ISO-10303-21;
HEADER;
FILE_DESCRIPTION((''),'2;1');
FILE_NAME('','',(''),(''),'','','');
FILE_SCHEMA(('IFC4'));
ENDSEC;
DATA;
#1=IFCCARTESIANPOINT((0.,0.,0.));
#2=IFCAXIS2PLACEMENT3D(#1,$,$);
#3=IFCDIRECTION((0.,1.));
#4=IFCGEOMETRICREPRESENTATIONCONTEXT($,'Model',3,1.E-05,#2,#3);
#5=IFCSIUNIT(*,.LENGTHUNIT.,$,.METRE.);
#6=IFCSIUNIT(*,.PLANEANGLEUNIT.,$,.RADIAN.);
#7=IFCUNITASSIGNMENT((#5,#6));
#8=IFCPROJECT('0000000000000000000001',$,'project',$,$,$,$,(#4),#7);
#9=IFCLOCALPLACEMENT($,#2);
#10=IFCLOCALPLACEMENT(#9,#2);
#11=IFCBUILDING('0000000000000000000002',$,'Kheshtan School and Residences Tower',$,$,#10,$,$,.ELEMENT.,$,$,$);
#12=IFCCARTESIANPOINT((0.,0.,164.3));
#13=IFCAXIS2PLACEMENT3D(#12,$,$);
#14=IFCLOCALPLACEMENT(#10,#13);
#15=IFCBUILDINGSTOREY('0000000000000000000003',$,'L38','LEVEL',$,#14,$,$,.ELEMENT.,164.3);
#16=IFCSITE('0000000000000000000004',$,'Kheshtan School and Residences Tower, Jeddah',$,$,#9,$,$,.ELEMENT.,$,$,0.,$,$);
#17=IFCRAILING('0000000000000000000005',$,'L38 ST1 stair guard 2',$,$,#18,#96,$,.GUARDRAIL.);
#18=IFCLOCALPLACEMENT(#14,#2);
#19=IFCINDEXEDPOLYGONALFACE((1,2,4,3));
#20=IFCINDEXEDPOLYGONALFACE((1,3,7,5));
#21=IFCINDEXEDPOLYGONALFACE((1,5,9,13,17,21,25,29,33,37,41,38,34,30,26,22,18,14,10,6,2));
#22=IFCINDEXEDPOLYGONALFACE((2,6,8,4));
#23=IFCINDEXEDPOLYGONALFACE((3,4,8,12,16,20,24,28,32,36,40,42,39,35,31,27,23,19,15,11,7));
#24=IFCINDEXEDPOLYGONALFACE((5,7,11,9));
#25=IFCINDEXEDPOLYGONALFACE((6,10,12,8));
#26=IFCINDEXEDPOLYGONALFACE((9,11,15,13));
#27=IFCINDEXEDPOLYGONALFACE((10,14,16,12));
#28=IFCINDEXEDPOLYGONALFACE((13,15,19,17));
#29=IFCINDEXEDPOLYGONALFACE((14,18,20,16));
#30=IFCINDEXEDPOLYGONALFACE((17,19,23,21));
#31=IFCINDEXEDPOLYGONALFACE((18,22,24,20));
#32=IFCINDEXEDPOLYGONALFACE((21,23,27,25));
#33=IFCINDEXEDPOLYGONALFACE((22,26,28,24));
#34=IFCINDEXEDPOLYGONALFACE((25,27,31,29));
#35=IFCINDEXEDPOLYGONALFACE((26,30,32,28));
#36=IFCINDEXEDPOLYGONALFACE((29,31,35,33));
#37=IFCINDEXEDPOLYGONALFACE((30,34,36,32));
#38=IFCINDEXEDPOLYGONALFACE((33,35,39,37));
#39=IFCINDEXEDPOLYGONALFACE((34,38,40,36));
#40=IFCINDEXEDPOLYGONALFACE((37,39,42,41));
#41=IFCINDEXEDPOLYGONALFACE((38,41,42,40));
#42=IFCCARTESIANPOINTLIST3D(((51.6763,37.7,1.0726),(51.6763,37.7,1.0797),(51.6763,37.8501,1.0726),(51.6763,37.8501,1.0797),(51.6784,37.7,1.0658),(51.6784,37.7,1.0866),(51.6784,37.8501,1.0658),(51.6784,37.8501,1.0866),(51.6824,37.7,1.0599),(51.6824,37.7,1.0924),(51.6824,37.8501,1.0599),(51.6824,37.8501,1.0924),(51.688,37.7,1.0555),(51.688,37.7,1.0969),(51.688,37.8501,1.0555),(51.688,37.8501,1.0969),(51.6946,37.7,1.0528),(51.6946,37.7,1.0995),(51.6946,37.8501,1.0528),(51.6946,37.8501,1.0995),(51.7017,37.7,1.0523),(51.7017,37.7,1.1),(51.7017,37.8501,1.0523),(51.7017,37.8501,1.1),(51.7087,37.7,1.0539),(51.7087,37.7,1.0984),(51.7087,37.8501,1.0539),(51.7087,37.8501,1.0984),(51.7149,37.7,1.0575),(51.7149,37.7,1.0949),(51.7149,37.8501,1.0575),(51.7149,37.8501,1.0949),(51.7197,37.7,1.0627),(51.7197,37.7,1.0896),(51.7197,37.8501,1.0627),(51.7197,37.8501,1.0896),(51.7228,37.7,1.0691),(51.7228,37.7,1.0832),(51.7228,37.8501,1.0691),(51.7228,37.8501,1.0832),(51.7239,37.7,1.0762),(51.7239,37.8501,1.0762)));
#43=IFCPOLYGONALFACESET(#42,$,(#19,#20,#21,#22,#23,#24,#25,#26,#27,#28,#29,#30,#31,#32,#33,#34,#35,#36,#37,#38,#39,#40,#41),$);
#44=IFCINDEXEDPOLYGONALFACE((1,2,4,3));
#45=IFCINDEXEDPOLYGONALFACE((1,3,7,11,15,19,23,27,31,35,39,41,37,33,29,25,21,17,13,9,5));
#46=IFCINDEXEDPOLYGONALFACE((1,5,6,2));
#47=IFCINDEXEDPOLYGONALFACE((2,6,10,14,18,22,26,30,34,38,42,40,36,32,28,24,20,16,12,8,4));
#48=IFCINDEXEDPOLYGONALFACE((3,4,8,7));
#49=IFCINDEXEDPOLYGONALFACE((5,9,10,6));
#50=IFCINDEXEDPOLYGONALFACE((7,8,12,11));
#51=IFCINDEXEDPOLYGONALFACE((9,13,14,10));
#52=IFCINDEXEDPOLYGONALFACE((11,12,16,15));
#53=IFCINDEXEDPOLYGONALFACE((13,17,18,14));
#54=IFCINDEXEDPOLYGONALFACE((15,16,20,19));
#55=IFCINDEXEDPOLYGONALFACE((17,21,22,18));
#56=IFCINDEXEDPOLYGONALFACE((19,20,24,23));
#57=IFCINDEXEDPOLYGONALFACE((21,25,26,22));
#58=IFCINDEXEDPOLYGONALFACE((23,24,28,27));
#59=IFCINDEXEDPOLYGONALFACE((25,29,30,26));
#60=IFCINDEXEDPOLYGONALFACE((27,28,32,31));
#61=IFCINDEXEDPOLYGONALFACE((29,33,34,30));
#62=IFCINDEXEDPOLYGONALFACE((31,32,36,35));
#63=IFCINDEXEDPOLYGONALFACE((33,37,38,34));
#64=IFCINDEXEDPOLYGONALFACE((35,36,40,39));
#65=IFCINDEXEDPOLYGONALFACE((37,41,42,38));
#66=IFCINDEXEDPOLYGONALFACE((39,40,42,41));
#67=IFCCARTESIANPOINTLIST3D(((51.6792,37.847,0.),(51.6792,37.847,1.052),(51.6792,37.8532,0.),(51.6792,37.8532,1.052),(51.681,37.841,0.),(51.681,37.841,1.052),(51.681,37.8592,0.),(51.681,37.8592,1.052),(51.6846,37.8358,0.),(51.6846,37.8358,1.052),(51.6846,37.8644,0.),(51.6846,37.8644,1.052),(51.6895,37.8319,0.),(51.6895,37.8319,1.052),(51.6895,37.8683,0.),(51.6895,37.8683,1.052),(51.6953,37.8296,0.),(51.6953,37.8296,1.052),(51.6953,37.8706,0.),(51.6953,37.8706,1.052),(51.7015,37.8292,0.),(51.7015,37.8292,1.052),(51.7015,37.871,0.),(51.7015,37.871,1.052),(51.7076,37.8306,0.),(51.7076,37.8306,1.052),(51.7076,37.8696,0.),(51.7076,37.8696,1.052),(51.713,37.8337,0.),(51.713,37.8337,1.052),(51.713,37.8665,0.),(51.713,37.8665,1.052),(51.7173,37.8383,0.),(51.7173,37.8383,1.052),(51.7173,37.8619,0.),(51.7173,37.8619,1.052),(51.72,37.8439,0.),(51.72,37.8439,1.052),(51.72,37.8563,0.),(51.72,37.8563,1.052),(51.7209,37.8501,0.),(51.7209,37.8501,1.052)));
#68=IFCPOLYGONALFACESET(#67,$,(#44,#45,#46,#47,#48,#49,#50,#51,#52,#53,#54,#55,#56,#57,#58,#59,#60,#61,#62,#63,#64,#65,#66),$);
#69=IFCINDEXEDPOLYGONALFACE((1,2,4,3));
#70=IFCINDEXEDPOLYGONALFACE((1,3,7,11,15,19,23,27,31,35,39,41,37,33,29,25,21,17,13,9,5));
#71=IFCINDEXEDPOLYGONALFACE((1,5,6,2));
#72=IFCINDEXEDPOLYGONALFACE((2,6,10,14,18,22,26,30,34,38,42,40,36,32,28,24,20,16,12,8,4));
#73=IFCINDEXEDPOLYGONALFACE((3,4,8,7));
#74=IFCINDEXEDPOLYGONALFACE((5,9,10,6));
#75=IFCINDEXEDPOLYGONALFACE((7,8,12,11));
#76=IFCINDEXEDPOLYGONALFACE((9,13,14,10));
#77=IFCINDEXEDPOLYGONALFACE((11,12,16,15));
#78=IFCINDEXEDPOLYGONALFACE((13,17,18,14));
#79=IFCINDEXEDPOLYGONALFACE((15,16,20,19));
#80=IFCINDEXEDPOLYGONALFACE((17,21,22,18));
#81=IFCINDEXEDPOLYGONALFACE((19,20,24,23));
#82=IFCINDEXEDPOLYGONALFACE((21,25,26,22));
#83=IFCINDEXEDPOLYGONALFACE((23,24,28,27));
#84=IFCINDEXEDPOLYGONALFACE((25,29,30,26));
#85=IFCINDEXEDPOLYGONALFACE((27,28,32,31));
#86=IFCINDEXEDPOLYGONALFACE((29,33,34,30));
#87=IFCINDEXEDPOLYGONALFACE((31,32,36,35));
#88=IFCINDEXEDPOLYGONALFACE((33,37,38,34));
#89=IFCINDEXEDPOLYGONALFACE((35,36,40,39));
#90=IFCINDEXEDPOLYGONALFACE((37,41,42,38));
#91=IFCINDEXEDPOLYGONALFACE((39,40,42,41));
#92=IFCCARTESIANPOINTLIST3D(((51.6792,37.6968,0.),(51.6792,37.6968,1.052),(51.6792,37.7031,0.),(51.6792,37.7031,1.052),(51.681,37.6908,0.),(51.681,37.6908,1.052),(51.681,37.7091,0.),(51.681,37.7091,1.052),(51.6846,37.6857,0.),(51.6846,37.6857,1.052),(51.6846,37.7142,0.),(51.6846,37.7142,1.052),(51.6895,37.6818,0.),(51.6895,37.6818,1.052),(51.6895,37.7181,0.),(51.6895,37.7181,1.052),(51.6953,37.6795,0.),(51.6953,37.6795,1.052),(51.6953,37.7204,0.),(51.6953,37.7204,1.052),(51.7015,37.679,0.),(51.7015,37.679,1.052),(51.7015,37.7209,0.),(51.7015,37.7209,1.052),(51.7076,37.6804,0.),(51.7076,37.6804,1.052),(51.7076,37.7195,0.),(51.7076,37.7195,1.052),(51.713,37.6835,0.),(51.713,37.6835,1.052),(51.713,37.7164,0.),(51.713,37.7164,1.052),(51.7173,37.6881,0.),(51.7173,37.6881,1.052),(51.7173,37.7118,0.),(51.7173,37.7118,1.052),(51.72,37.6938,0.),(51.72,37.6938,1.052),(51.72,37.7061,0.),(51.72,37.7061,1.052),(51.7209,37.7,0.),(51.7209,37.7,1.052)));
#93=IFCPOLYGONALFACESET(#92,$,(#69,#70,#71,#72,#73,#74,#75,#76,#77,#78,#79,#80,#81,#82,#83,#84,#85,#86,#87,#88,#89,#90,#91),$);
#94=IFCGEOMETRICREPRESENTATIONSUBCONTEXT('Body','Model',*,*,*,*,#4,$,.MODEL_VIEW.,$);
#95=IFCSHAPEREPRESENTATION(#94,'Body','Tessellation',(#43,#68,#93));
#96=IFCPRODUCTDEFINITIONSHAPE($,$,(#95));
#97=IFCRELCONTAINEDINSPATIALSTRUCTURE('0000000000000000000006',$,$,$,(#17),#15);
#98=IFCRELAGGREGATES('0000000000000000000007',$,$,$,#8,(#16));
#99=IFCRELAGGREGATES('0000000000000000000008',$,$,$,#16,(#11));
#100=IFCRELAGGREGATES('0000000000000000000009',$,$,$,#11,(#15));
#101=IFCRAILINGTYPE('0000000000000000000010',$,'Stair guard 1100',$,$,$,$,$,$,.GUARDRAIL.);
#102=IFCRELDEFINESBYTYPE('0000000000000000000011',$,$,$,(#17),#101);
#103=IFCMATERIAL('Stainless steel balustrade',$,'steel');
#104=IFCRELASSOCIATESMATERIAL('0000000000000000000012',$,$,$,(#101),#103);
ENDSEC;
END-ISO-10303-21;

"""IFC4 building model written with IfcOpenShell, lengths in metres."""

from ifc_helpers import new_model, si_unit, direction, frame, origin, origin_2d, place, context, subcontext, project, spatial, circle, extrude, material, type_object, element, save


model = new_model("IFC4")

# Units and contexts
model_context = context("Model", 3, precision=1e-05, world=origin(), true_north=direction((0.0, 1.0)))
body_context = subcontext(model_context, "Body", "Model", "MODEL_VIEW")
ifc_project = project(units=[si_unit("LENGTHUNIT", "METRE"), si_unit("PLANEANGLEUNIT", "RADIAN")], contexts=[model_context])

# Site, building, storey
site_placement = place(None, origin())
site = spatial("IfcSite", under=ifc_project, at=site_placement, Name="Kheshtan School and Residences Tower, Jeddah", CompositionType="ELEMENT", RefElevation=0.0)
building_placement = place(site_placement, origin())
building = spatial("IfcBuilding", under=site, at=building_placement, Name="Kheshtan School and Residences Tower", CompositionType="ELEMENT")
storey_placement = place(building_placement, frame((0.0, 0.0, 164.3)))
storey = spatial("IfcBuildingStorey", under=building, at=storey_placement, Name="L38", Description="LEVEL", CompositionType="ELEMENT", Elevation=164.3)

# Railing
ifc_material_1 = material(Name="Stainless steel balustrade", Category="steel")
railing_type_1 = type_object("IfcRailingType", Name="Stair guard 1100", PredefinedType="GUARDRAIL", material=ifc_material_1)
railing_1_placement = place(storey_placement, frame((51.7, 37.8501, 0.0)))
element("IfcRailing", 1, at=railing_1_placement, inside=storey, type_object=railing_type_1, Name="L38 ST1 stair guard 2", PredefinedType="GUARDRAIL", context=body_context, shape_type="SweptSolid", body=[
    extrude(circle(Radius=0.0239, at=origin_2d()), frame((0.0, 0.0, 1.0762), z_axis=(0.0, -1.0, 0.0), x_axis=(1.0, 0.0, 0.0)), (0.0, 0.0, 1.0), 0.1501),
    extrude(circle(Radius=0.021, at=origin_2d()), origin(), (0.0, 0.0, 1.0), 1.052),
    extrude(circle(Radius=0.021, at=origin_2d()), frame((0.0, -0.1501, 0.0)), (0.0, 0.0, 1.0), 1.052),
])

save(model, "model.ifc")
